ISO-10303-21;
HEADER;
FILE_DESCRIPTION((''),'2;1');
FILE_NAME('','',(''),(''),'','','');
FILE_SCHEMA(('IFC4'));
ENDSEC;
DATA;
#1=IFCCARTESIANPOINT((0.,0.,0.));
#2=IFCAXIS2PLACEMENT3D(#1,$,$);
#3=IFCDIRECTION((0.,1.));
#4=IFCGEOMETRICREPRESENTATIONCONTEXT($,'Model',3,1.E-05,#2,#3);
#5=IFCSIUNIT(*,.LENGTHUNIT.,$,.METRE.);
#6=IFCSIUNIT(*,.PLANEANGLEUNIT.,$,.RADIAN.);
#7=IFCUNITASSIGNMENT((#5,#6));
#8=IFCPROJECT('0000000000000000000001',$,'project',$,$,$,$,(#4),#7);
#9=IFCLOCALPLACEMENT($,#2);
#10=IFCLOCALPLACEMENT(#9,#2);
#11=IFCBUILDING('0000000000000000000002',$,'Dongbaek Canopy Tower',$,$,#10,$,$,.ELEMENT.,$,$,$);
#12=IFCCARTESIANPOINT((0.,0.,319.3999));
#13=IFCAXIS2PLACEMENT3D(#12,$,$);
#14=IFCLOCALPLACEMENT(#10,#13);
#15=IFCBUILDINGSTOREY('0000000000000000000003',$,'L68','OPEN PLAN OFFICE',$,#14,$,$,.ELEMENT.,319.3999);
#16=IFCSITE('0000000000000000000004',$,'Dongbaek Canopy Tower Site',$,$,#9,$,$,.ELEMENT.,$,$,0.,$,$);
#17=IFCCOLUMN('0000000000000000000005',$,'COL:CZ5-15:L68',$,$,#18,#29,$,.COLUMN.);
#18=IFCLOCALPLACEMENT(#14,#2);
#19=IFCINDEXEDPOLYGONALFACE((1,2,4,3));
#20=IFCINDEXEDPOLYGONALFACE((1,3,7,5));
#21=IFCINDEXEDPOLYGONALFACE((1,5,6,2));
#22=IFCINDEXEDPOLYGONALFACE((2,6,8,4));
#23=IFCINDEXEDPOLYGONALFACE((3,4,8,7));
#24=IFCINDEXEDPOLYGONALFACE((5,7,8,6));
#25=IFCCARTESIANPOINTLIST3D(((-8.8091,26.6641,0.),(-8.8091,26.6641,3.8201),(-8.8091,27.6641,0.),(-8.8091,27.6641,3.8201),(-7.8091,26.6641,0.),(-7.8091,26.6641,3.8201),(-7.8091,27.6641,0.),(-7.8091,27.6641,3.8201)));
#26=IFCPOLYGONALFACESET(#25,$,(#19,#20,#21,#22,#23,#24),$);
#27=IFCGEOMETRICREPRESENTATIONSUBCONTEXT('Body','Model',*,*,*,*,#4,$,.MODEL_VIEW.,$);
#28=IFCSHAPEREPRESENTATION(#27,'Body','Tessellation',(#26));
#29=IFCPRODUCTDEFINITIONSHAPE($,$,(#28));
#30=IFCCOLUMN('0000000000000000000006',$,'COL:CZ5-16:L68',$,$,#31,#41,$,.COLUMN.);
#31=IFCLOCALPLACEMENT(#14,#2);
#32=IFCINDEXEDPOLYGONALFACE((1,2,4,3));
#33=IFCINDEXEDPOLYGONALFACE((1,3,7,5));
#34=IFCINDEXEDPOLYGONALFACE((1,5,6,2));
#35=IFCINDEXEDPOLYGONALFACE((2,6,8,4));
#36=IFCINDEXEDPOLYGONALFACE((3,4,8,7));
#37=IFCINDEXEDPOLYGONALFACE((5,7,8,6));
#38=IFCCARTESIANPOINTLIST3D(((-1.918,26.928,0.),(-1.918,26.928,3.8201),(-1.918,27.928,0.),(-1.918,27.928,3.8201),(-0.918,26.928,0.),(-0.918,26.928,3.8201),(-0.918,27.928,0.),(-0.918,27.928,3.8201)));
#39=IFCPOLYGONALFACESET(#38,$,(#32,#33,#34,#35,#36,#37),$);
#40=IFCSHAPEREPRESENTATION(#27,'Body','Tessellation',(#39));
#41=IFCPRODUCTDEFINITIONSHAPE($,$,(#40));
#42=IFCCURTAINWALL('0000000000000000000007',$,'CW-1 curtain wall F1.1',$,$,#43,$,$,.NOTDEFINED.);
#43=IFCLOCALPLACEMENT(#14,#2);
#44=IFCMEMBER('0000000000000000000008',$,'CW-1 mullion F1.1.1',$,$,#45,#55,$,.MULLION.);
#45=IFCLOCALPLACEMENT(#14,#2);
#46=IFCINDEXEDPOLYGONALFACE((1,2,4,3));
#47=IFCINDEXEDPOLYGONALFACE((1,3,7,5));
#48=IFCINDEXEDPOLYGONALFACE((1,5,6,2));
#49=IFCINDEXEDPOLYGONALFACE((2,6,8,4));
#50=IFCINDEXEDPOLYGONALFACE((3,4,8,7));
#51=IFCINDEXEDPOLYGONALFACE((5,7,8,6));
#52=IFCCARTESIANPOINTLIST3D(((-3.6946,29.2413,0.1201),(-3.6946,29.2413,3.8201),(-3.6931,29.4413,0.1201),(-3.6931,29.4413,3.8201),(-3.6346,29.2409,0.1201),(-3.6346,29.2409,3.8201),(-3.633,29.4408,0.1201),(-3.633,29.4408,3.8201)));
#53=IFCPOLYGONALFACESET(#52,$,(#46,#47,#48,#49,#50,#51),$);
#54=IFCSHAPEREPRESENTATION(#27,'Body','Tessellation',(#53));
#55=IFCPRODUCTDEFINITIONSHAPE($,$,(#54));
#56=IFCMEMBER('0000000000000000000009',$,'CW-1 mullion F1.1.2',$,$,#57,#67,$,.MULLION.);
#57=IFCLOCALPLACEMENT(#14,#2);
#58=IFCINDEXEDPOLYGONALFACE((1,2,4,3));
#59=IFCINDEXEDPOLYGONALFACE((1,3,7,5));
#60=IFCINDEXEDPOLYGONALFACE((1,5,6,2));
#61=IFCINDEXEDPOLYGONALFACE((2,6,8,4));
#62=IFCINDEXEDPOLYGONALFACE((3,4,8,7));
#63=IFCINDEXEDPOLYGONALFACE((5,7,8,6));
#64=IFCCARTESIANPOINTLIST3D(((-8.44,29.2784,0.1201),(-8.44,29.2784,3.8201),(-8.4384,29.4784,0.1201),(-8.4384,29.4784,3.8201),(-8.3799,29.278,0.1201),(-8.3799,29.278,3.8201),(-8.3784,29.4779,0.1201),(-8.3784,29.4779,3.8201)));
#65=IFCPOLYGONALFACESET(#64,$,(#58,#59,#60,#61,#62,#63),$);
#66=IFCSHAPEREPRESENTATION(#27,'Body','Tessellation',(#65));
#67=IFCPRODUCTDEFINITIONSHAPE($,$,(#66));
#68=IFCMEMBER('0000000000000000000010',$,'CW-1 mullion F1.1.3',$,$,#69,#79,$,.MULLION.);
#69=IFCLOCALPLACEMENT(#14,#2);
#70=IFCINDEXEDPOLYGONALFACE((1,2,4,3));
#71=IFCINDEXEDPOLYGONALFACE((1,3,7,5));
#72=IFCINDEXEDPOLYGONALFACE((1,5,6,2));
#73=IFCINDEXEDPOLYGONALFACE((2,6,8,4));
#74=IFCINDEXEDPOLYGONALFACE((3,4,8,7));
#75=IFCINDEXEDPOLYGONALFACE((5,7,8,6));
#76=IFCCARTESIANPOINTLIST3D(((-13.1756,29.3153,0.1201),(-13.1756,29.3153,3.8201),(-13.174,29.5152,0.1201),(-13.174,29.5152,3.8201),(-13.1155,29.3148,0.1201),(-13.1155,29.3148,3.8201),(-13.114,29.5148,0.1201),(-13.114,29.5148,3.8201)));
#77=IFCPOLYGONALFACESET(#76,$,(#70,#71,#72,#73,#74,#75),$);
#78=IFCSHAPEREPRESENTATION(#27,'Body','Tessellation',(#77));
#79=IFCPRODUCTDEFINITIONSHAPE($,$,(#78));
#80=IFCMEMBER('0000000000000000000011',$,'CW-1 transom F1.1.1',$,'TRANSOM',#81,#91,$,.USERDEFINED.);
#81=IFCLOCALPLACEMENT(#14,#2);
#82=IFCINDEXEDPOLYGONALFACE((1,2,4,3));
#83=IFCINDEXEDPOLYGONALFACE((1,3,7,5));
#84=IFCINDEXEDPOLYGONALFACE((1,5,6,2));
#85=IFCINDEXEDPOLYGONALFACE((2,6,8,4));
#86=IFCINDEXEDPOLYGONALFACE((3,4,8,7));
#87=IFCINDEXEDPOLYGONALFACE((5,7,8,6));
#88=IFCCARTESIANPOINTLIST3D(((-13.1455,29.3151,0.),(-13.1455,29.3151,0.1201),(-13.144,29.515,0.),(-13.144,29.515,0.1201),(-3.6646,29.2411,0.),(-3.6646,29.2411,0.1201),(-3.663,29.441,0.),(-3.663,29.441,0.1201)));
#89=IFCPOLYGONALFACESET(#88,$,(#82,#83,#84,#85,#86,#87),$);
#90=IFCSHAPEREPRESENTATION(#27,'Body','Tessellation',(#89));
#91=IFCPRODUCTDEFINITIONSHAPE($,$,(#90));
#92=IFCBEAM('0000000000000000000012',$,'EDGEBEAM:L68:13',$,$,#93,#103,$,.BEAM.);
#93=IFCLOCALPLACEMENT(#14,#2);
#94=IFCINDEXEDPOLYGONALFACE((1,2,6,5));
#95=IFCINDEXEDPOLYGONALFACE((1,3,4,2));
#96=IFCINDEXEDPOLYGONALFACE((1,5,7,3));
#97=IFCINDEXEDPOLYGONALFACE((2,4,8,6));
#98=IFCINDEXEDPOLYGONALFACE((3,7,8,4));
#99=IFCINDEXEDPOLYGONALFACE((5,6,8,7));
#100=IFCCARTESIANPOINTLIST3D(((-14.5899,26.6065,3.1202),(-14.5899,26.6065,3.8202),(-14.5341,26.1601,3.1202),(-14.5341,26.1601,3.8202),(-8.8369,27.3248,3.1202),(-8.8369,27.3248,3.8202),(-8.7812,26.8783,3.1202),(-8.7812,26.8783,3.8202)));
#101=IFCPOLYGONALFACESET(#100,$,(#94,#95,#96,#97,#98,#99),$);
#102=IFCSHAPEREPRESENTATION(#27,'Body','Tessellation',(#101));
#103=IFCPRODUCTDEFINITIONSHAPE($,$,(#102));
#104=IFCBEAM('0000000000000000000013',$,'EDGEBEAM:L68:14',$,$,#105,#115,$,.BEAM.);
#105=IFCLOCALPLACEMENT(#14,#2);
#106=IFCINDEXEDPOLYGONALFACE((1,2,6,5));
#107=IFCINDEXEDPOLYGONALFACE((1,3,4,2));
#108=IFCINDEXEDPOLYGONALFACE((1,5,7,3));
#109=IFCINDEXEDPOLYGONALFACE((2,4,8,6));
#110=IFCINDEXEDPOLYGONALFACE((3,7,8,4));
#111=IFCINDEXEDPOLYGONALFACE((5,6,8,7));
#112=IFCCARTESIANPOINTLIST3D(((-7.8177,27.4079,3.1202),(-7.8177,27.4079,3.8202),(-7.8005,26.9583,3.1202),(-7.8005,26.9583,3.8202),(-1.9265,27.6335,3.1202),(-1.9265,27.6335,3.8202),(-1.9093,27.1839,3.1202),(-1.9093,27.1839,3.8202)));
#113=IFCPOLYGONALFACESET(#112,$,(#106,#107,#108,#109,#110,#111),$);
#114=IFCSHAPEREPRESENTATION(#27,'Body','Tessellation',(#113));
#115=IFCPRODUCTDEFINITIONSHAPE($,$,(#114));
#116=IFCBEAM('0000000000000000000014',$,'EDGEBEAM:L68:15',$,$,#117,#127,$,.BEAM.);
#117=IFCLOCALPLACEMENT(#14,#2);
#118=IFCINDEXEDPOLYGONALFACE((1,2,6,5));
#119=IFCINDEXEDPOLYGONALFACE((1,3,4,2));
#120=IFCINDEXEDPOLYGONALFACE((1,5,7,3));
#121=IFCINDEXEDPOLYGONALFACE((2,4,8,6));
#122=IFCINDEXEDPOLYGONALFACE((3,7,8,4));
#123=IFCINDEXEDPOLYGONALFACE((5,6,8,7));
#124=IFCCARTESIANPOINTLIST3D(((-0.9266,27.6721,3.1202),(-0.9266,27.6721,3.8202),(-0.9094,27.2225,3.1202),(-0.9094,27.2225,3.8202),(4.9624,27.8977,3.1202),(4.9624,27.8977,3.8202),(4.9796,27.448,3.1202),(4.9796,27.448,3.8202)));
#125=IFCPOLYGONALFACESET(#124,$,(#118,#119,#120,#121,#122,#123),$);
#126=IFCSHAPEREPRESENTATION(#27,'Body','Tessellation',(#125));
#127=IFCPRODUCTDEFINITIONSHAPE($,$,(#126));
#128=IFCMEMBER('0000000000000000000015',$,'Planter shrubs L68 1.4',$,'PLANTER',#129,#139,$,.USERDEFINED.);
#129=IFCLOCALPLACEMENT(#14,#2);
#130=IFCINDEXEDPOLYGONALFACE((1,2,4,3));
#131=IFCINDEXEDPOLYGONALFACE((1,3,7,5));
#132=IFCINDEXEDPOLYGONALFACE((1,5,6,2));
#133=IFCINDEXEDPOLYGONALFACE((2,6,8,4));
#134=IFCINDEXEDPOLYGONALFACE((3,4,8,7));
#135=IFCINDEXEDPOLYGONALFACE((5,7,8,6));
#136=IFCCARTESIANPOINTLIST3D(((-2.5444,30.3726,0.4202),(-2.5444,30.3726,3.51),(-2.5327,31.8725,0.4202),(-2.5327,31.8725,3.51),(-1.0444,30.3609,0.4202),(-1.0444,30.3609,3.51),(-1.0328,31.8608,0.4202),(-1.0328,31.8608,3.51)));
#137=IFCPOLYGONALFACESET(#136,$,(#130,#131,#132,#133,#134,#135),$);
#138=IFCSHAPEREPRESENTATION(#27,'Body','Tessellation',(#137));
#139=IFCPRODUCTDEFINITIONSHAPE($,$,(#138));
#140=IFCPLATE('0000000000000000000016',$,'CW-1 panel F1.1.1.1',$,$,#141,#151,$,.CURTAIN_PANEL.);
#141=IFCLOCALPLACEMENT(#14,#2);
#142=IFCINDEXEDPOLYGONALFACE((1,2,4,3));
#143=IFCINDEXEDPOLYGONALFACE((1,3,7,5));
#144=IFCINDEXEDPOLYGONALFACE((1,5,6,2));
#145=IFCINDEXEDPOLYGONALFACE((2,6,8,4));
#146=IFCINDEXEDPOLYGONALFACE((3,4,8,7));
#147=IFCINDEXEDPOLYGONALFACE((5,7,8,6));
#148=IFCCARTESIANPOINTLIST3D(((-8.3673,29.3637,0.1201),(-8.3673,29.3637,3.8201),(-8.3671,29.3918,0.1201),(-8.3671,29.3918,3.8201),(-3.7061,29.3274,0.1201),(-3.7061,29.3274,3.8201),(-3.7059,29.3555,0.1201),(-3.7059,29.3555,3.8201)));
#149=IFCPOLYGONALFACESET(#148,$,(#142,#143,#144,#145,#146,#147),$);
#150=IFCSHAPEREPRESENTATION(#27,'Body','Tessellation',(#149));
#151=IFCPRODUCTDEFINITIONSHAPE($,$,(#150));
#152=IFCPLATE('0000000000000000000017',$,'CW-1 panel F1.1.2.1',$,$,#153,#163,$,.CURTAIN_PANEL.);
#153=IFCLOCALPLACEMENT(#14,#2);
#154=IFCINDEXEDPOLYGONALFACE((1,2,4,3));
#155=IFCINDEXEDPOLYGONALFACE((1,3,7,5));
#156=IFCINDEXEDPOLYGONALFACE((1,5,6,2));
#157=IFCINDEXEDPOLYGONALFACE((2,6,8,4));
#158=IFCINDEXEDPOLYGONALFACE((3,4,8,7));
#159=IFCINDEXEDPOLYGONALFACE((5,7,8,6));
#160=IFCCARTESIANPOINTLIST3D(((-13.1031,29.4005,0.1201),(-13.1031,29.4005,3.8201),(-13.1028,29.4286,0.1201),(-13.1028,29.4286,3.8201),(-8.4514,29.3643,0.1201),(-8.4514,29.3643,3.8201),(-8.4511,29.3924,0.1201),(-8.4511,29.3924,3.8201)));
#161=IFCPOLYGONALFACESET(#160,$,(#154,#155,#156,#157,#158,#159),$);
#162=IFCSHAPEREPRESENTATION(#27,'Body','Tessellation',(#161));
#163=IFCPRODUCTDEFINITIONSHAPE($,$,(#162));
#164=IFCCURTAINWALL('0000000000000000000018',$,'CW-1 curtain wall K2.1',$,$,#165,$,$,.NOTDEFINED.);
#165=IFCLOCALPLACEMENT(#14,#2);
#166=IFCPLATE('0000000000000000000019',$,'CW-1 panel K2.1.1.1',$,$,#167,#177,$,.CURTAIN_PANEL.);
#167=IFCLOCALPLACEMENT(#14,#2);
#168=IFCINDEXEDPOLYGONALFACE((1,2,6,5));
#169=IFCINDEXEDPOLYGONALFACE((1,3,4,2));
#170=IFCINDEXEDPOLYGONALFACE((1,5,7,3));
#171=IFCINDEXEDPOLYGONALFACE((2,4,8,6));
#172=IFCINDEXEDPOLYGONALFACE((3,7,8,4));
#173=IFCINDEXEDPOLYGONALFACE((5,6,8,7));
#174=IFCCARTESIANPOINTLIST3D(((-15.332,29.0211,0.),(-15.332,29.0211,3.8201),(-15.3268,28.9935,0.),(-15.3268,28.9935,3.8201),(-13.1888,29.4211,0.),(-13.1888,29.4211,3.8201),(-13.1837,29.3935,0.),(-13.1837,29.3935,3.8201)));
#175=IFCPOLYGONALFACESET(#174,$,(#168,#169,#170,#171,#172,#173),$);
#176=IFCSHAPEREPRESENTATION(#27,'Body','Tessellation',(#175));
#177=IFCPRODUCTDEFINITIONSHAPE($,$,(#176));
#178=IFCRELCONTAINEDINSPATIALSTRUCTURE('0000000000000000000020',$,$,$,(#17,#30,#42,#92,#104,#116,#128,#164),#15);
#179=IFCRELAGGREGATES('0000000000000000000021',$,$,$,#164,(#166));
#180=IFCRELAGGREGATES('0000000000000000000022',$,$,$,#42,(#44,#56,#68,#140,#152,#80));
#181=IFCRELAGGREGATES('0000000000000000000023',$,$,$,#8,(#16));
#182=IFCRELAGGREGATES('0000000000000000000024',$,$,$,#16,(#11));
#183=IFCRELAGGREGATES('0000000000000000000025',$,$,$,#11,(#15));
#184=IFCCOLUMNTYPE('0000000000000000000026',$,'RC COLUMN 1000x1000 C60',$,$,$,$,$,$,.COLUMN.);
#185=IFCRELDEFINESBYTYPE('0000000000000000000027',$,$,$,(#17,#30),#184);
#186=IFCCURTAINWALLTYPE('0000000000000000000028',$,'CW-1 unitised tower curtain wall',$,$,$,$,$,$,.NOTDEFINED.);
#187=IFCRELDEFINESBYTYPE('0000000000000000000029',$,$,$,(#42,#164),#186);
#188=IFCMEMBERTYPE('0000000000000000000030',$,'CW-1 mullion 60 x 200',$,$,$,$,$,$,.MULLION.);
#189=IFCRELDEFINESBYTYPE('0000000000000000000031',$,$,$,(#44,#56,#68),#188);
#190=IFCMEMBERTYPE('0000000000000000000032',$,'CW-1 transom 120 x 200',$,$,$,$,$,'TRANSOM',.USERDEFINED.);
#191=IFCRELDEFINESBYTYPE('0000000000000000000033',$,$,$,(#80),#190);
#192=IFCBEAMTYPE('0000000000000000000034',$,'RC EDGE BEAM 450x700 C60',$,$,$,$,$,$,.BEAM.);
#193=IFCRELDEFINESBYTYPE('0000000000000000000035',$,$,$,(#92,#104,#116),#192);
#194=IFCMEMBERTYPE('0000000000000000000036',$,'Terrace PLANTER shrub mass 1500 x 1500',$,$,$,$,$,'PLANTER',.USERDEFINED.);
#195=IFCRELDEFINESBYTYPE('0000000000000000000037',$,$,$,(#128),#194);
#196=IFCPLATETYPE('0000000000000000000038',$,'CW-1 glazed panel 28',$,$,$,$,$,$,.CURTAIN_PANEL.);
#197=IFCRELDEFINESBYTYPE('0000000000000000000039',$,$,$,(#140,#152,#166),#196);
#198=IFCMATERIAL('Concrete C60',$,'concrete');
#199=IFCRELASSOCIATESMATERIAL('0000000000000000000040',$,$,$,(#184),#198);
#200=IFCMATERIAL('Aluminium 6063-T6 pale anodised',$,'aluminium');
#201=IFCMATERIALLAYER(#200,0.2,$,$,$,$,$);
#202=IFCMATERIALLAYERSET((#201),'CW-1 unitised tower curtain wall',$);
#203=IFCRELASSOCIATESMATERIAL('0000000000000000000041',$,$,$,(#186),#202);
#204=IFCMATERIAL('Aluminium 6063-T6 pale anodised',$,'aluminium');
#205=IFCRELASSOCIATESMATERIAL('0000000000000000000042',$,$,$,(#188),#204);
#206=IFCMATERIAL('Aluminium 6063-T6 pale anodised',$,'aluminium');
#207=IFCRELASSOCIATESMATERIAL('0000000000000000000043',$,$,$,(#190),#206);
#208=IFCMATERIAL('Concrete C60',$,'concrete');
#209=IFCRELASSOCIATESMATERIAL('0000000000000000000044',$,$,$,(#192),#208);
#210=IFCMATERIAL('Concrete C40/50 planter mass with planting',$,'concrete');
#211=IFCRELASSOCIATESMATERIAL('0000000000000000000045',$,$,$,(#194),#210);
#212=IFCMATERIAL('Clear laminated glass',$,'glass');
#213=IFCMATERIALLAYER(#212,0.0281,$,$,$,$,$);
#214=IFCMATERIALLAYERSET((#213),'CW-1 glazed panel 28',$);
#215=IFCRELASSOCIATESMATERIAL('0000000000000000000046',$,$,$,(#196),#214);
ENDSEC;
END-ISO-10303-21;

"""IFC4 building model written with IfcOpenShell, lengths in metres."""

from ifc_helpers import new_model, si_unit, direction, frame, origin, origin_2d, place, context, subcontext, project, spatial, rectangle, extrude, material, layer, layer_set, material_profile, profile_set, type_object, element, aggregate, save


model = new_model("IFC4")

# Units and contexts
model_context = context("Model", 3, precision=1e-05, world=origin(), true_north=direction((0.0, 1.0)))
body_context = subcontext(model_context, "Body", "Model", "MODEL_VIEW")
ifc_project = project(units=[si_unit("LENGTHUNIT", "METRE"), si_unit("PLANEANGLEUNIT", "RADIAN")], contexts=[model_context])

# Site, building, storey
site_placement = place(None, origin())
site = spatial("IfcSite", under=ifc_project, at=site_placement, Name="Dongbaek Canopy Tower Site", CompositionType="ELEMENT", RefElevation=0.0)
building_placement = place(site_placement, origin())
building = spatial("IfcBuilding", under=site, at=building_placement, Name="Dongbaek Canopy Tower", CompositionType="ELEMENT")
storey_placement = place(building_placement, frame((0.0, 0.0, 319.3999)))
storey = spatial("IfcBuildingStorey", under=building, at=storey_placement, Name="L68", Description="OPEN PLAN OFFICE", CompositionType="ELEMENT", Elevation=319.3999)

# Columns
ifc_material_1 = material(Name="Concrete C60", Category="concrete")
ifc_material_profile_1 = material_profile(ifc_material_1, rectangle(XDim=1.0, YDim=1.0, at=origin_2d()), Name="RC COLUMN 1000x1000 C60")
ifc_profile_set_1 = profile_set([ifc_material_profile_1], Name="Concrete C60")
column_type = type_object("IfcColumnType", Name="RC COLUMN 1000x1000 C60", PredefinedType="COLUMN", material=ifc_profile_set_1)
for number, where, z_axis, x_axis, name in (
    (1, (-8.3091, 27.1641, 0.0), (0.0, 0.0, 1.0), (1.0, 0.0, 0.0), "COL:CZ5-15:L68"),
    (2, (-1.418, 27.428, 0.0), (0.0, 0.0, 1.0), (1.0, 0.0, 0.0), "COL:CZ5-16:L68"),
):
    element("IfcColumn", number, at=place(storey_placement, frame(where, z_axis=z_axis, x_axis=x_axis)), inside=storey, type_object=column_type, Name=name, PredefinedType="COLUMN", context=body_context, shape_type="SweptSolid", body=[
        extrude(rectangle(XDim=1.0, YDim=1.0, at=origin_2d()), origin(), (0.0, 0.0, 1.0), 3.8201),
    ])

# Curtain wall, members
ifc_material_2 = material(Name="Aluminium 6063-T6 pale anodised", Category="aluminium")
ifc_layer_1 = layer(ifc_material_2, 0.2)
ifc_layer_set_1 = layer_set([ifc_layer_1], Name="CW-1 unitised tower curtain wall")
curtain_wall_type = type_object("IfcCurtainWallType", Name="CW-1 unitised tower curtain wall", PredefinedType="NOTDEFINED", material=ifc_layer_set_1)
curtain_wall_1_placement = place(storey_placement, origin())
curtain_wall_1 = element("IfcCurtainWall", 3, at=curtain_wall_1_placement, inside=storey, type_object=curtain_wall_type, Name="CW-1 curtain wall F1.1", PredefinedType="NOTDEFINED")
ifc_material_3 = material(Name="Aluminium 6063-T6 pale anodised", Category="aluminium")
ifc_material_profile_2 = material_profile(ifc_material_3, rectangle(XDim=0.2, YDim=0.0601, at=origin_2d()), Name="CW-1 mullion 60 x 200")
ifc_profile_set_2 = profile_set([ifc_material_profile_2], Name="Aluminium 6063-T6 pale anodised")
member_type_1 = type_object("IfcMemberType", Name="CW-1 mullion 60 x 200", PredefinedType="MULLION", material=ifc_profile_set_2)
member_1_placement = place(storey_placement, frame((-3.6638, 29.3411, 0.1201), z_axis=(0.0, 0.0, 1.0), x_axis=(0.007782, 0.99997, 0.0)))
member_1 = element("IfcMember", 4, at=member_1_placement, type_object=member_type_1, Name="CW-1 mullion F1.1.1", PredefinedType="MULLION", context=body_context, shape_type="SweptSolid", body=[
    extrude(rectangle(XDim=0.2, YDim=0.0601, at=origin_2d()), origin(), (0.0, 0.0, 1.0), 3.7),
])
member_2_placement = place(storey_placement, frame((-8.4092, 29.3782, 0.1201), z_axis=(0.0, 0.0, 1.0), x_axis=(0.007782, 0.99997, 0.0)))
member_2 = element("IfcMember", 5, at=member_2_placement, type_object=member_type_1, Name="CW-1 mullion F1.1.2", PredefinedType="MULLION", context=body_context, shape_type="SweptSolid", body=[
    extrude(rectangle(XDim=0.2, YDim=0.0601, at=origin_2d()), origin(), (0.0, 0.0, 1.0), 3.7),
])
member_3_placement = place(storey_placement, frame((-13.1448, 29.415, 0.1201), z_axis=(0.0, 0.0, 1.0), x_axis=(0.007782, 0.99997, 0.0)))
member_3 = element("IfcMember", 6, at=member_3_placement, type_object=member_type_1, Name="CW-1 mullion F1.1.3", PredefinedType="MULLION", context=body_context, shape_type="SweptSolid", body=[
    extrude(rectangle(XDim=0.2, YDim=0.0601, at=origin_2d()), origin(), (0.0, 0.0, 1.0), 3.7),
])
ifc_material_4 = material(Name="Aluminium 6063-T6 pale anodised", Category="aluminium")
ifc_material_profile_3 = material_profile(ifc_material_4, rectangle(XDim=0.2, YDim=0.1201, at=origin_2d()), Name="CW-1 transom 120 x 200")
ifc_profile_set_3 = profile_set([ifc_material_profile_3], Name="Aluminium 6063-T6 pale anodised")
member_type_2 = type_object("IfcMemberType", Name="CW-1 transom 120 x 200", ElementType="TRANSOM", PredefinedType="USERDEFINED", material=ifc_profile_set_3)
member_4_placement = place(storey_placement, frame((-3.6638, 29.3411, 0.0601), z_axis=(-0.99997, 0.007802, 0.0), x_axis=(-0.007802, -0.99997, 0.0)))
member_4 = element("IfcMember", 7, at=member_4_placement, type_object=member_type_2, Name="CW-1 transom F1.1.1", ObjectType="TRANSOM", PredefinedType="USERDEFINED", context=body_context, shape_type="SweptSolid", body=[
    extrude(rectangle(XDim=0.2, YDim=0.1201, at=origin_2d()), origin(), (0.0, 0.0, 1.0), 9.4812),
])

# Beams
ifc_material_5 = material(Name="Concrete C60", Category="concrete")
ifc_material_profile_4 = material_profile(ifc_material_5, rectangle(XDim=0.45, YDim=0.7, at=origin_2d()), Name="RC EDGE BEAM 450x700 C60")
ifc_profile_set_4 = profile_set([ifc_material_profile_4], Name="Concrete C60")
beam_type = type_object("IfcBeamType", Name="RC EDGE BEAM 450x700 C60", PredefinedType="BEAM", material=ifc_profile_set_4)
beam_1_placement = place(storey_placement, frame((-14.562, 26.3833, 3.4702), z_axis=(0.992296, 0.12389, 0.0), x_axis=(-0.12389, 0.992296, 0.0)))
element("IfcBeam", 8, at=beam_1_placement, inside=storey, type_object=beam_type, Name="EDGEBEAM:L68:13", PredefinedType="BEAM", context=body_context, shape_type="SweptSolid", body=[
    extrude(rectangle(XDim=0.45, YDim=0.7, at=origin_2d()), origin(), (0.0, 0.0, 1.0), 5.7976),
])
beam_2_placement = place(storey_placement, frame((-7.8091, 27.1831, 3.4702), z_axis=(0.999268, 0.038265, 0.0), x_axis=(-0.038265, 0.999268, 0.0)))
element("IfcBeam", 9, at=beam_2_placement, inside=storey, type_object=beam_type, Name="EDGEBEAM:L68:14", PredefinedType="BEAM", context=body_context, shape_type="SweptSolid", body=[
    extrude(rectangle(XDim=0.45, YDim=0.7, at=origin_2d()), origin(), (0.0, 0.0, 1.0), 5.8955),
])
beam_3_placement = place(storey_placement, frame((-0.918, 27.4473, 3.4702), z_axis=(0.999267, 0.038279, 0.0), x_axis=(-0.038279, 0.999267, 0.0)))
element("IfcBeam", 10, at=beam_3_placement, inside=storey, type_object=beam_type, Name="EDGEBEAM:L68:15", PredefinedType="BEAM", context=body_context, shape_type="SweptSolid", body=[
    extrude(rectangle(XDim=0.45, YDim=0.7, at=origin_2d()), origin(), (0.0, 0.0, 1.0), 5.8933),
])

# Member
ifc_material_6 = material(Name="Concrete C40/50 planter mass with planting", Category="concrete")
ifc_material_profile_5 = material_profile(ifc_material_6, rectangle(XDim=1.5, YDim=1.5, at=origin_2d()), Name="Terrace PLANTER shrub mass 1500 x 1500")
ifc_profile_set_5 = profile_set([ifc_material_profile_5], Name="Concrete C40/50 planter mass with planting")
member_type_3 = type_object("IfcMemberType", Name="Terrace PLANTER shrub mass 1500 x 1500", ElementType="PLANTER", PredefinedType="USERDEFINED", material=ifc_profile_set_5)
member_5_placement = place(storey_placement, frame((-1.7886, 31.1167, 0.4202), z_axis=(0.0, 0.0, 1.0), x_axis=(0.007782, 0.99997, 0.0)))
element("IfcMember", 11, at=member_5_placement, inside=storey, type_object=member_type_3, Name="Planter shrubs L68 1.4", ObjectType="PLANTER", PredefinedType="USERDEFINED", context=body_context, shape_type="SweptSolid", body=[
    extrude(rectangle(XDim=1.5, YDim=1.5, at=origin_2d()), origin(), (0.0, 0.0, 1.0), 3.0898),
])

# Plates
ifc_material_7 = material(Name="Clear laminated glass", Category="glass")
ifc_layer_2 = layer(ifc_material_7, 0.0281)
ifc_layer_set_2 = layer_set([ifc_layer_2], Name="CW-1 glazed panel 28")
plate_type = type_object("IfcPlateType", Name="CW-1 glazed panel 28", PredefinedType="CURTAIN_PANEL", material=ifc_layer_set_2)
plate_1_placement = place(storey_placement, frame((-6.0366, 29.3596, 0.1201), z_axis=(0.0, 0.0, 1.0), x_axis=(-0.99997, 0.007782, 0.0)))
plate_1 = element("IfcPlate", 12, at=plate_1_placement, type_object=plate_type, Name="CW-1 panel F1.1.1.1", PredefinedType="CURTAIN_PANEL", context=body_context, shape_type="SweptSolid", body=[
    extrude(rectangle(XDim=4.6614, YDim=0.0281, at=origin_2d()), origin(), (0.0, 0.0, 1.0), 3.7),
])
plate_2_placement = place(storey_placement, frame((-10.7771, 29.3965, 0.1201), z_axis=(0.0, 0.0, 1.0), x_axis=(-0.99997, 0.007782, 0.0)))
plate_2 = element("IfcPlate", 13, at=plate_2_placement, type_object=plate_type, Name="CW-1 panel F1.1.2.1", PredefinedType="CURTAIN_PANEL", context=body_context, shape_type="SweptSolid", body=[
    extrude(rectangle(XDim=4.6519, YDim=0.0281, at=origin_2d()), origin(), (0.0, 0.0, 1.0), 3.7),
])

# Curtain wall, plate
curtain_wall_2_placement = place(storey_placement, origin())
curtain_wall_2 = element("IfcCurtainWall", 14, at=curtain_wall_2_placement, inside=storey, type_object=curtain_wall_type, Name="CW-1 curtain wall K2.1", PredefinedType="NOTDEFINED")
plate_3_placement = place(storey_placement, frame((-14.2578, 29.2073, 0.0), z_axis=(0.0, 0.0, 1.0), x_axis=(-0.983025, -0.183472, 0.0)))
plate_3 = element("IfcPlate", 15, at=plate_3_placement, type_object=plate_type, Name="CW-1 panel K2.1.1.1", PredefinedType="CURTAIN_PANEL", context=body_context, shape_type="SweptSolid", body=[
    extrude(rectangle(XDim=2.1802, YDim=0.0281, at=origin_2d()), origin(), (0.0, 0.0, 1.0), 3.8201),
])
aggregate(curtain_wall_2, [plate_3])

aggregate(curtain_wall_1, [member_1, member_2, member_3, plate_1, plate_2, member_4])

save(model, "model.ifc")
